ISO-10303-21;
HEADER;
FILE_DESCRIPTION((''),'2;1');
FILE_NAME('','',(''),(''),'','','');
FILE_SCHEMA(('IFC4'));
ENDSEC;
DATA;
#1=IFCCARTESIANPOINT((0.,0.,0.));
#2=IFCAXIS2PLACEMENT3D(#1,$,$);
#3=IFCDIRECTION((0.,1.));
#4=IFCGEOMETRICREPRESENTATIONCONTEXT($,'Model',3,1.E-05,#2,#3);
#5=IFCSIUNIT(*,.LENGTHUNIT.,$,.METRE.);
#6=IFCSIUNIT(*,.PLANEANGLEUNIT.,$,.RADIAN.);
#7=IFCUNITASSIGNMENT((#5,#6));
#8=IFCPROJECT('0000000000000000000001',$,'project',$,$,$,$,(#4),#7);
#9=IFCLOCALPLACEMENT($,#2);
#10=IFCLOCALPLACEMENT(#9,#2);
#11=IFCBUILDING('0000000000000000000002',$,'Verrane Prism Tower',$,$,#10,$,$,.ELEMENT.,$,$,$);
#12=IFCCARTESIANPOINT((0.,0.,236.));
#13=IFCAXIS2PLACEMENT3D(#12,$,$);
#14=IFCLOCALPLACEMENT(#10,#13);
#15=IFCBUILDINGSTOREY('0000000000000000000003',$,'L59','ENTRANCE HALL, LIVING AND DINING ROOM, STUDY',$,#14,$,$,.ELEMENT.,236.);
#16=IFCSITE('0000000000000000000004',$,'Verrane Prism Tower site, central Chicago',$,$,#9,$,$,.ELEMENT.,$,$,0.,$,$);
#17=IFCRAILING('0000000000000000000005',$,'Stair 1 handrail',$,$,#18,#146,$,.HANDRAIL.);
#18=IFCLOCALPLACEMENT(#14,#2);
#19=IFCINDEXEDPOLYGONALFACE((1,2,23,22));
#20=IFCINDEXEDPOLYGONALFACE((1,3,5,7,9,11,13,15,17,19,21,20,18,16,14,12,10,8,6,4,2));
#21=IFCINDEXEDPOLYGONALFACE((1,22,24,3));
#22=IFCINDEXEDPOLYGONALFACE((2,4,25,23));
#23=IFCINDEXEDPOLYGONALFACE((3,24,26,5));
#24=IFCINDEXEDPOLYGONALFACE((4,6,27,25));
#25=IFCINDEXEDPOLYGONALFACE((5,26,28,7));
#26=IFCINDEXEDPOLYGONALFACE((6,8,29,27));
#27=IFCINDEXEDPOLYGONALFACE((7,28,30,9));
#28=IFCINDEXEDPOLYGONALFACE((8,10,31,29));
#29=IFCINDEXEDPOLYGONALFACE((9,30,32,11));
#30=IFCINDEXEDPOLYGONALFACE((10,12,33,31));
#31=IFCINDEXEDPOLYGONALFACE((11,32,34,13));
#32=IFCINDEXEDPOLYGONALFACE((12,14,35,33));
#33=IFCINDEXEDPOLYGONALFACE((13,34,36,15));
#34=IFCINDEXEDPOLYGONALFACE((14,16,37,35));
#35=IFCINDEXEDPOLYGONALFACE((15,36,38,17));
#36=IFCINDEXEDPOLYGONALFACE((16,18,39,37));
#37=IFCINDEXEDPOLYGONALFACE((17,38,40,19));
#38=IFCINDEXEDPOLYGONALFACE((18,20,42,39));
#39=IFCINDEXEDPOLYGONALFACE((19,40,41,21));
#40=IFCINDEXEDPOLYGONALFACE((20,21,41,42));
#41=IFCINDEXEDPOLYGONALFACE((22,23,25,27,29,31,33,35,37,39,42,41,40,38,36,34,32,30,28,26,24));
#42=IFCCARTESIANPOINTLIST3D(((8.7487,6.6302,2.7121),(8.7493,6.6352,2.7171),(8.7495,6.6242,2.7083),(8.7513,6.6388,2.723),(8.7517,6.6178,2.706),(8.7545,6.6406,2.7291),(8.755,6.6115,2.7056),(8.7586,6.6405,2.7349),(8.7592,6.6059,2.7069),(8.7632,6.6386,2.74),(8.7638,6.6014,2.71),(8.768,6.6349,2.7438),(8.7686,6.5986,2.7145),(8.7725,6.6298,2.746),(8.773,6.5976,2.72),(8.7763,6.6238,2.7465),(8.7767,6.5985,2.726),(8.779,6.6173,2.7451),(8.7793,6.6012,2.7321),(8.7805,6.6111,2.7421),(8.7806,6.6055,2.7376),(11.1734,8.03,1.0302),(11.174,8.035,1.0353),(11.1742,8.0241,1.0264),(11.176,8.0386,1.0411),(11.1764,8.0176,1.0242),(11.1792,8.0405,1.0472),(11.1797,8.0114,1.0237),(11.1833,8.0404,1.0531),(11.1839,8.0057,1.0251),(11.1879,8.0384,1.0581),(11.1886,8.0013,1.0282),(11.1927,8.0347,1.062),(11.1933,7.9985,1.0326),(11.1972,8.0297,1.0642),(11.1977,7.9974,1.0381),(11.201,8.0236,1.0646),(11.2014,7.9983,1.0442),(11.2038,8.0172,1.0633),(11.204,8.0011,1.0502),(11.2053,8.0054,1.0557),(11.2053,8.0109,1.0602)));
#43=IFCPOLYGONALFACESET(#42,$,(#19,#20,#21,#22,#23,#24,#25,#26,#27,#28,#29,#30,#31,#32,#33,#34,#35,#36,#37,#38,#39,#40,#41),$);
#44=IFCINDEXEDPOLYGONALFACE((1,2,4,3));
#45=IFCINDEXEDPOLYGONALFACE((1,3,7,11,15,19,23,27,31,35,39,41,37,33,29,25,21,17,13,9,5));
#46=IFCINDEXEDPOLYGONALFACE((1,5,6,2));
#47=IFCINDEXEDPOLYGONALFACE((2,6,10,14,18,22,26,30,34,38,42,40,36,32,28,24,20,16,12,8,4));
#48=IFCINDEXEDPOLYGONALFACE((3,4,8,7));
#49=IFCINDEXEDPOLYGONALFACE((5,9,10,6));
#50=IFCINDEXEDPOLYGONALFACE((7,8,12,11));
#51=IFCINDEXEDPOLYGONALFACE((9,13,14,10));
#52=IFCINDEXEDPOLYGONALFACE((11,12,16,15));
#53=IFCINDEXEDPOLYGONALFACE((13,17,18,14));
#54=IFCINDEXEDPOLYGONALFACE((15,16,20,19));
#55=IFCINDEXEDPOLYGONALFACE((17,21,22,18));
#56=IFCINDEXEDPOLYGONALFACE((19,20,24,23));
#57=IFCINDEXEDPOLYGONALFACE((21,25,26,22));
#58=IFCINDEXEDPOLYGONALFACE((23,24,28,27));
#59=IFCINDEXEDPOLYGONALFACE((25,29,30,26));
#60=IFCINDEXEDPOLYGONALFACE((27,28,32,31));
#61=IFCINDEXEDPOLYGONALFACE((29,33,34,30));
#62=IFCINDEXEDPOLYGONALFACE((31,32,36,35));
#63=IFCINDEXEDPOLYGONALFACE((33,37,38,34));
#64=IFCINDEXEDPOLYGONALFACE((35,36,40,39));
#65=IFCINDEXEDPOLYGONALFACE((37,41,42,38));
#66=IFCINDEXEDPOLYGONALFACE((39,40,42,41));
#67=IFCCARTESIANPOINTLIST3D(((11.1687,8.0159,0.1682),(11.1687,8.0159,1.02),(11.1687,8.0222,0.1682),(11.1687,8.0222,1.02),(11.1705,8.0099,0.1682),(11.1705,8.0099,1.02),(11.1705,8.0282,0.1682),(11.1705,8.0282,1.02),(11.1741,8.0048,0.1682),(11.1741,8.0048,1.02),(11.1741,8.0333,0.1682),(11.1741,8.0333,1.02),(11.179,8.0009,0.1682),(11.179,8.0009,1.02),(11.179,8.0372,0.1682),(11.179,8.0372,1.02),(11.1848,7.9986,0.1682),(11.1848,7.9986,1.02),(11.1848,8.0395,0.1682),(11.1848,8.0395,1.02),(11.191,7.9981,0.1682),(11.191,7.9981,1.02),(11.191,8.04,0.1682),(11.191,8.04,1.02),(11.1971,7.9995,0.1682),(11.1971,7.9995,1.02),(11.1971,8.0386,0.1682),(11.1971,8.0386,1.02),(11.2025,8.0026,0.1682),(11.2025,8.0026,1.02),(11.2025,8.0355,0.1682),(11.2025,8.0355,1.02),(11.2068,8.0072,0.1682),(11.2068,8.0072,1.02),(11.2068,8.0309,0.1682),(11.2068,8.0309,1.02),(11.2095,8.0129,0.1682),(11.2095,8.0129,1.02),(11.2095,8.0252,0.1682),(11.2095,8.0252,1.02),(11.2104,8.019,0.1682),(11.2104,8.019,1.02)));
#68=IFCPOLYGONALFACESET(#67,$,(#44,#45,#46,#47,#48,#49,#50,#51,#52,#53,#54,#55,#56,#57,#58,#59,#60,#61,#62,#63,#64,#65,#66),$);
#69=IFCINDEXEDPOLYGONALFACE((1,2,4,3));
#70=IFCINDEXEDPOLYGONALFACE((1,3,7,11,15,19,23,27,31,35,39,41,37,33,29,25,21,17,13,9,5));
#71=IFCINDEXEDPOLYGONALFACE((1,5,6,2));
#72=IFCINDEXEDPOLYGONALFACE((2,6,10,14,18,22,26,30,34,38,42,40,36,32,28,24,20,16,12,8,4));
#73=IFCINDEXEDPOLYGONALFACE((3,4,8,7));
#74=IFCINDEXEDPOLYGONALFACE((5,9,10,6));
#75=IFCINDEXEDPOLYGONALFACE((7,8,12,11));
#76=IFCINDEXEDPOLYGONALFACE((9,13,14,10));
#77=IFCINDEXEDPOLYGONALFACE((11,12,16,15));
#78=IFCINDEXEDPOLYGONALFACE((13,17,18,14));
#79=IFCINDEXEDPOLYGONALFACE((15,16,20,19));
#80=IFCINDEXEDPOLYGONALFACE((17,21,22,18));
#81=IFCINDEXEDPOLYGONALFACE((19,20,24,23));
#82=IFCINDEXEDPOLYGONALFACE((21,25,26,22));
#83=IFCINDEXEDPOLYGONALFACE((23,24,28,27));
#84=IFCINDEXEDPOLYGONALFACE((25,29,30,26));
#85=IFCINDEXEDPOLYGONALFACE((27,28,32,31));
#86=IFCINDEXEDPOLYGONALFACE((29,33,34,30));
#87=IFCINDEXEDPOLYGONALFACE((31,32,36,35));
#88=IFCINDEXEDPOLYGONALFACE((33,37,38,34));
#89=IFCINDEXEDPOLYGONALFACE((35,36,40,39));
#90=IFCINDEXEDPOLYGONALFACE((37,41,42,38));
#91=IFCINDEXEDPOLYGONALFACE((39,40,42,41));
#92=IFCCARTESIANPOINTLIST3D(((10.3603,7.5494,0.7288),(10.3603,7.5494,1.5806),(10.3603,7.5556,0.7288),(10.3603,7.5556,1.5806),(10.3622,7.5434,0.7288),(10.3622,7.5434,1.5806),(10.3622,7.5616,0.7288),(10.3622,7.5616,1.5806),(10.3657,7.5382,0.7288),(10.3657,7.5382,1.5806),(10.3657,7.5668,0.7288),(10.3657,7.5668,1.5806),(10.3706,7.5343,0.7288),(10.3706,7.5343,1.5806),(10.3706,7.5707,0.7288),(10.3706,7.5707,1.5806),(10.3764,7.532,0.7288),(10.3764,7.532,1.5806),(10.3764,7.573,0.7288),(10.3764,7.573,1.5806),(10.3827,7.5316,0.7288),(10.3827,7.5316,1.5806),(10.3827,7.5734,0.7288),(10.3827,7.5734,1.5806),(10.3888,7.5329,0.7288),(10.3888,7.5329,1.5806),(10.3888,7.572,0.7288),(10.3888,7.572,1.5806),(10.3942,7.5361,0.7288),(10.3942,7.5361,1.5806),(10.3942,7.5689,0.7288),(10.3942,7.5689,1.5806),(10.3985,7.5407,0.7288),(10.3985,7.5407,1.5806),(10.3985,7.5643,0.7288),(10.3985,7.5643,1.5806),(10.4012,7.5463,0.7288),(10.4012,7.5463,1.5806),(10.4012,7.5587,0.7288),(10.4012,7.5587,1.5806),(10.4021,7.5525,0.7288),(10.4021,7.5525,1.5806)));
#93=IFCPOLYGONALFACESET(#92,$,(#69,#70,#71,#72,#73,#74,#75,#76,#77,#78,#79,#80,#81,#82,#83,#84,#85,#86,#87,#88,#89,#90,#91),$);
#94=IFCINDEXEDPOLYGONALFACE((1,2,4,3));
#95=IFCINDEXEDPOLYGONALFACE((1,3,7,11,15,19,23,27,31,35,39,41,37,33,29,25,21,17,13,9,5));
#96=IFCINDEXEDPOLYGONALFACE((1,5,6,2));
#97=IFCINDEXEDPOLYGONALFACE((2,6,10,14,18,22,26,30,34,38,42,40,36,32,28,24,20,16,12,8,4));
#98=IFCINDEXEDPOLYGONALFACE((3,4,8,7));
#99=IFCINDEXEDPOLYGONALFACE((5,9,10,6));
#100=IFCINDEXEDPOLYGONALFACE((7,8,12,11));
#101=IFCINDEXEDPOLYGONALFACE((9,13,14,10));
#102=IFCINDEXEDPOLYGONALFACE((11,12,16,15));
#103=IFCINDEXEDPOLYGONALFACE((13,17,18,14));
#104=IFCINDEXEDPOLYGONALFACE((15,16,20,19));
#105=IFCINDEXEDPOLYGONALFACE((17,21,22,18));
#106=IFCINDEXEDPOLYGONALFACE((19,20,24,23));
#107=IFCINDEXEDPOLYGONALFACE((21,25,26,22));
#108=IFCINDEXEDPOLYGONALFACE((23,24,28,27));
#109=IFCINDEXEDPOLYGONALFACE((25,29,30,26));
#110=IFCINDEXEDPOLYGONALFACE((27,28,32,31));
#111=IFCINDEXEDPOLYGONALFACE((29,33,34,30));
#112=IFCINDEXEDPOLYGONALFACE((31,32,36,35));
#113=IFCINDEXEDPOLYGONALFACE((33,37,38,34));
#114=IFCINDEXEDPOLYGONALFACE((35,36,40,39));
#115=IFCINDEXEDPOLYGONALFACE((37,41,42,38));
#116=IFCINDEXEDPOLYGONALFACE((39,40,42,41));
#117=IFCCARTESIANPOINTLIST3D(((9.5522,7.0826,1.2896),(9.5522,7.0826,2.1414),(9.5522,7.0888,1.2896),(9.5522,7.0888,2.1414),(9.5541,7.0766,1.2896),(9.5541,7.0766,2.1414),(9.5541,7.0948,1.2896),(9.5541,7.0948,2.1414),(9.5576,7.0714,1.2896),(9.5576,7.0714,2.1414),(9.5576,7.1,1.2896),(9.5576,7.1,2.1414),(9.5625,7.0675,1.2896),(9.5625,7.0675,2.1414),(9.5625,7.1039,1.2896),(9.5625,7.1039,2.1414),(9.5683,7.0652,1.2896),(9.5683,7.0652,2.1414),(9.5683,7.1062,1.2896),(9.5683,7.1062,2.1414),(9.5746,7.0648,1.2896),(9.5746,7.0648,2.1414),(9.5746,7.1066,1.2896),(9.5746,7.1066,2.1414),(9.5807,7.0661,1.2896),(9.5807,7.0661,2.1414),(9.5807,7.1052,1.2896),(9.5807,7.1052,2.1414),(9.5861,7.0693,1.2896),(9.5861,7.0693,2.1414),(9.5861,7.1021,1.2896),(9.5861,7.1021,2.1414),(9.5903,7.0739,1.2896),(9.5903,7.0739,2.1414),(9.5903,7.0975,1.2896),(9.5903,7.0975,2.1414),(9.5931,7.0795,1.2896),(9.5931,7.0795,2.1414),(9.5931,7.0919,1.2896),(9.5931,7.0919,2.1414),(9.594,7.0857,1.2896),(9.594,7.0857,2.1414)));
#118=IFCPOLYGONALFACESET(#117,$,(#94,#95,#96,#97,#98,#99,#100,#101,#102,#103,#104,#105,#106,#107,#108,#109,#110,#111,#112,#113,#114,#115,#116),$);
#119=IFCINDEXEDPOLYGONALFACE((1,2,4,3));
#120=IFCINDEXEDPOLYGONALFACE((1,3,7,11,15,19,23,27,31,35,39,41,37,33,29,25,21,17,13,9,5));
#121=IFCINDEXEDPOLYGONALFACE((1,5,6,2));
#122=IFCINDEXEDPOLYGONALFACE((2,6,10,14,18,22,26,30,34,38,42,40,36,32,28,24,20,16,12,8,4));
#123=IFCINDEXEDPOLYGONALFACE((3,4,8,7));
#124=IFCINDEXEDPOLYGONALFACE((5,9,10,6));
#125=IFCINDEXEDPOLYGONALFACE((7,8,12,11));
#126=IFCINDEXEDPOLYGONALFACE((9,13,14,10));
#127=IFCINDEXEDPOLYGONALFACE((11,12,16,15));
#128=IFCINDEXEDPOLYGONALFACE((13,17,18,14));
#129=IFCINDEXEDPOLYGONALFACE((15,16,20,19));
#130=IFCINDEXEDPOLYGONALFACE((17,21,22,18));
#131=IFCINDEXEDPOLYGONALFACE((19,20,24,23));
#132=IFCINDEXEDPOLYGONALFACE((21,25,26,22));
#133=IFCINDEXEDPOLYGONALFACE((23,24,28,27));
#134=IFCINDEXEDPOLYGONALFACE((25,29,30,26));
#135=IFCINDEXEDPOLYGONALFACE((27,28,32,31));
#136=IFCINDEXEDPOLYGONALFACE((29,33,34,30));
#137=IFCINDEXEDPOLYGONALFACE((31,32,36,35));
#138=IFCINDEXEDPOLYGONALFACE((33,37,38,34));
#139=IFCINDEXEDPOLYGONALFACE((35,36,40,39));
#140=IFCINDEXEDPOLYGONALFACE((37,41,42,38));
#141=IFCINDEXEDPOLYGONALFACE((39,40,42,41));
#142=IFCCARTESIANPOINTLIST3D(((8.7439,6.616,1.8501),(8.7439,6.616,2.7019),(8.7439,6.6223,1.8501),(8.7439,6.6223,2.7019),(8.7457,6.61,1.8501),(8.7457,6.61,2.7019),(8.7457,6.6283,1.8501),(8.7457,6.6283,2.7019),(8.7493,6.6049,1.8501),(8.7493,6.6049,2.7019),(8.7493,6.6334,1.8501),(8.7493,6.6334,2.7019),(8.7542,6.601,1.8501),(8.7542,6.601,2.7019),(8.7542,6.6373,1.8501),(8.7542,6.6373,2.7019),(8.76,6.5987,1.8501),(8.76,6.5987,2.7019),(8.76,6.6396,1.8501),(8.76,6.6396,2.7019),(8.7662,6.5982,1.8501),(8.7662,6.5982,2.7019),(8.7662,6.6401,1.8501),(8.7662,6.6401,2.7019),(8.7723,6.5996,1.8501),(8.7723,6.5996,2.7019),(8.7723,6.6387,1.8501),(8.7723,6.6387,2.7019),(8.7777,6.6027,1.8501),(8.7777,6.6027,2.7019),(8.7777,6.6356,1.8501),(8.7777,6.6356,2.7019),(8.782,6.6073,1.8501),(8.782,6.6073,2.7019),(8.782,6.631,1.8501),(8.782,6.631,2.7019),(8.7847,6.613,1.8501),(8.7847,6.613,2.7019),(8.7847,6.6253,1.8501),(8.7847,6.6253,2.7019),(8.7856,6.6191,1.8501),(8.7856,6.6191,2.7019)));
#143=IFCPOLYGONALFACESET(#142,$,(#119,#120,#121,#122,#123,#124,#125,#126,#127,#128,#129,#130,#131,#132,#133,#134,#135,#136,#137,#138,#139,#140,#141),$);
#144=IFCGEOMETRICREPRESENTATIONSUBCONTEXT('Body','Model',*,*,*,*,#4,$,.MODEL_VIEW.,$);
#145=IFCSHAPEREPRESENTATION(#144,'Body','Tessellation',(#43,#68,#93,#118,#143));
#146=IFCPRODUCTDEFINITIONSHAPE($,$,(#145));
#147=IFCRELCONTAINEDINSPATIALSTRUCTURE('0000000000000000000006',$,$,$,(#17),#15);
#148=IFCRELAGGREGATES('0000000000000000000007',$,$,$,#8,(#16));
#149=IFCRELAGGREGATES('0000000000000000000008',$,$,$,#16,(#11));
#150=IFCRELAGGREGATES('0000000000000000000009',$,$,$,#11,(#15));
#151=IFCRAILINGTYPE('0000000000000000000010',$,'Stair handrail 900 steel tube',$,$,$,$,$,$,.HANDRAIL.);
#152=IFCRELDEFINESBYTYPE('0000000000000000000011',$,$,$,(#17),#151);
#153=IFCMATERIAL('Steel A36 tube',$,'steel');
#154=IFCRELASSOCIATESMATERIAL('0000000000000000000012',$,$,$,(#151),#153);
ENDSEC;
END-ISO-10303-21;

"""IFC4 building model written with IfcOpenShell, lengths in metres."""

from ifc_helpers import new_model, si_unit, direction, frame, origin, origin_2d, place, context, subcontext, project, spatial, circle, extrude, material, type_object, element, save


model = new_model("IFC4")

# Units and contexts
model_context = context("Model", 3, precision=1e-05, world=origin(), true_north=direction((0.0, 1.0)))
body_context = subcontext(model_context, "Body", "Model", "MODEL_VIEW")
ifc_project = project(units=[si_unit("LENGTHUNIT", "METRE"), si_unit("PLANEANGLEUNIT", "RADIAN")], contexts=[model_context])

# Site, building, storey
site_placement = place(None, origin())
site = spatial("IfcSite", under=ifc_project, at=site_placement, Name="Verrane Prism Tower site, central Chicago", CompositionType="ELEMENT", RefElevation=0.0)
building_placement = place(site_placement, origin())
building = spatial("IfcBuilding", under=site, at=building_placement, Name="Verrane Prism Tower", CompositionType="ELEMENT")
storey_placement = place(building_placement, frame((0.0, 0.0, 236.0)))
storey = spatial("IfcBuildingStorey", under=building, at=storey_placement, Name="L59", Description="ENTRANCE HALL, LIVING AND DINING ROOM, STUDY", CompositionType="ELEMENT", Elevation=236.0)

# Railing
ifc_material_1 = material(Name="Steel A36 tube", Category="steel")
railing_type_1 = type_object("IfcRailingType", Name="Stair handrail 900 steel tube", PredefinedType="HANDRAIL", material=ifc_material_1)
railing_1_placement = place(storey_placement, frame((11.1895, 8.019, 0.1682)))
element("IfcRailing", 1, at=railing_1_placement, inside=storey, type_object=railing_type_1, Name="Stair 1 handrail", PredefinedType="HANDRAIL", context=body_context, shape_type="SweptSolid", body=[
    extrude(circle(Radius=0.0239, at=origin_2d()), frame((0.0, 0.0, 0.876), z_axis=(-0.74239, -0.428601, 0.514934), x_axis=(0.499984, -0.866035, 0.0)), (0.0, 0.0, 1.0), 3.2661),
    extrude(circle(Radius=0.021, at=origin_2d()), origin(), (0.0, 0.0, 1.0), 0.8518),
    extrude(circle(Radius=0.021, at=origin_2d()), frame((-0.8083, -0.4666, 0.5605)), (0.0, 0.0, 1.0), 0.8518),
    extrude(circle(Radius=0.021, at=origin_2d()), frame((-1.6165, -0.9333, 1.1213)), (0.0, 0.0, 1.0), 0.8518),
    extrude(circle(Radius=0.021, at=origin_2d()), frame((-2.4248, -1.3999, 1.6819)), (0.0, 0.0, 1.0), 0.8518),
])

save(model, "model.ifc")
